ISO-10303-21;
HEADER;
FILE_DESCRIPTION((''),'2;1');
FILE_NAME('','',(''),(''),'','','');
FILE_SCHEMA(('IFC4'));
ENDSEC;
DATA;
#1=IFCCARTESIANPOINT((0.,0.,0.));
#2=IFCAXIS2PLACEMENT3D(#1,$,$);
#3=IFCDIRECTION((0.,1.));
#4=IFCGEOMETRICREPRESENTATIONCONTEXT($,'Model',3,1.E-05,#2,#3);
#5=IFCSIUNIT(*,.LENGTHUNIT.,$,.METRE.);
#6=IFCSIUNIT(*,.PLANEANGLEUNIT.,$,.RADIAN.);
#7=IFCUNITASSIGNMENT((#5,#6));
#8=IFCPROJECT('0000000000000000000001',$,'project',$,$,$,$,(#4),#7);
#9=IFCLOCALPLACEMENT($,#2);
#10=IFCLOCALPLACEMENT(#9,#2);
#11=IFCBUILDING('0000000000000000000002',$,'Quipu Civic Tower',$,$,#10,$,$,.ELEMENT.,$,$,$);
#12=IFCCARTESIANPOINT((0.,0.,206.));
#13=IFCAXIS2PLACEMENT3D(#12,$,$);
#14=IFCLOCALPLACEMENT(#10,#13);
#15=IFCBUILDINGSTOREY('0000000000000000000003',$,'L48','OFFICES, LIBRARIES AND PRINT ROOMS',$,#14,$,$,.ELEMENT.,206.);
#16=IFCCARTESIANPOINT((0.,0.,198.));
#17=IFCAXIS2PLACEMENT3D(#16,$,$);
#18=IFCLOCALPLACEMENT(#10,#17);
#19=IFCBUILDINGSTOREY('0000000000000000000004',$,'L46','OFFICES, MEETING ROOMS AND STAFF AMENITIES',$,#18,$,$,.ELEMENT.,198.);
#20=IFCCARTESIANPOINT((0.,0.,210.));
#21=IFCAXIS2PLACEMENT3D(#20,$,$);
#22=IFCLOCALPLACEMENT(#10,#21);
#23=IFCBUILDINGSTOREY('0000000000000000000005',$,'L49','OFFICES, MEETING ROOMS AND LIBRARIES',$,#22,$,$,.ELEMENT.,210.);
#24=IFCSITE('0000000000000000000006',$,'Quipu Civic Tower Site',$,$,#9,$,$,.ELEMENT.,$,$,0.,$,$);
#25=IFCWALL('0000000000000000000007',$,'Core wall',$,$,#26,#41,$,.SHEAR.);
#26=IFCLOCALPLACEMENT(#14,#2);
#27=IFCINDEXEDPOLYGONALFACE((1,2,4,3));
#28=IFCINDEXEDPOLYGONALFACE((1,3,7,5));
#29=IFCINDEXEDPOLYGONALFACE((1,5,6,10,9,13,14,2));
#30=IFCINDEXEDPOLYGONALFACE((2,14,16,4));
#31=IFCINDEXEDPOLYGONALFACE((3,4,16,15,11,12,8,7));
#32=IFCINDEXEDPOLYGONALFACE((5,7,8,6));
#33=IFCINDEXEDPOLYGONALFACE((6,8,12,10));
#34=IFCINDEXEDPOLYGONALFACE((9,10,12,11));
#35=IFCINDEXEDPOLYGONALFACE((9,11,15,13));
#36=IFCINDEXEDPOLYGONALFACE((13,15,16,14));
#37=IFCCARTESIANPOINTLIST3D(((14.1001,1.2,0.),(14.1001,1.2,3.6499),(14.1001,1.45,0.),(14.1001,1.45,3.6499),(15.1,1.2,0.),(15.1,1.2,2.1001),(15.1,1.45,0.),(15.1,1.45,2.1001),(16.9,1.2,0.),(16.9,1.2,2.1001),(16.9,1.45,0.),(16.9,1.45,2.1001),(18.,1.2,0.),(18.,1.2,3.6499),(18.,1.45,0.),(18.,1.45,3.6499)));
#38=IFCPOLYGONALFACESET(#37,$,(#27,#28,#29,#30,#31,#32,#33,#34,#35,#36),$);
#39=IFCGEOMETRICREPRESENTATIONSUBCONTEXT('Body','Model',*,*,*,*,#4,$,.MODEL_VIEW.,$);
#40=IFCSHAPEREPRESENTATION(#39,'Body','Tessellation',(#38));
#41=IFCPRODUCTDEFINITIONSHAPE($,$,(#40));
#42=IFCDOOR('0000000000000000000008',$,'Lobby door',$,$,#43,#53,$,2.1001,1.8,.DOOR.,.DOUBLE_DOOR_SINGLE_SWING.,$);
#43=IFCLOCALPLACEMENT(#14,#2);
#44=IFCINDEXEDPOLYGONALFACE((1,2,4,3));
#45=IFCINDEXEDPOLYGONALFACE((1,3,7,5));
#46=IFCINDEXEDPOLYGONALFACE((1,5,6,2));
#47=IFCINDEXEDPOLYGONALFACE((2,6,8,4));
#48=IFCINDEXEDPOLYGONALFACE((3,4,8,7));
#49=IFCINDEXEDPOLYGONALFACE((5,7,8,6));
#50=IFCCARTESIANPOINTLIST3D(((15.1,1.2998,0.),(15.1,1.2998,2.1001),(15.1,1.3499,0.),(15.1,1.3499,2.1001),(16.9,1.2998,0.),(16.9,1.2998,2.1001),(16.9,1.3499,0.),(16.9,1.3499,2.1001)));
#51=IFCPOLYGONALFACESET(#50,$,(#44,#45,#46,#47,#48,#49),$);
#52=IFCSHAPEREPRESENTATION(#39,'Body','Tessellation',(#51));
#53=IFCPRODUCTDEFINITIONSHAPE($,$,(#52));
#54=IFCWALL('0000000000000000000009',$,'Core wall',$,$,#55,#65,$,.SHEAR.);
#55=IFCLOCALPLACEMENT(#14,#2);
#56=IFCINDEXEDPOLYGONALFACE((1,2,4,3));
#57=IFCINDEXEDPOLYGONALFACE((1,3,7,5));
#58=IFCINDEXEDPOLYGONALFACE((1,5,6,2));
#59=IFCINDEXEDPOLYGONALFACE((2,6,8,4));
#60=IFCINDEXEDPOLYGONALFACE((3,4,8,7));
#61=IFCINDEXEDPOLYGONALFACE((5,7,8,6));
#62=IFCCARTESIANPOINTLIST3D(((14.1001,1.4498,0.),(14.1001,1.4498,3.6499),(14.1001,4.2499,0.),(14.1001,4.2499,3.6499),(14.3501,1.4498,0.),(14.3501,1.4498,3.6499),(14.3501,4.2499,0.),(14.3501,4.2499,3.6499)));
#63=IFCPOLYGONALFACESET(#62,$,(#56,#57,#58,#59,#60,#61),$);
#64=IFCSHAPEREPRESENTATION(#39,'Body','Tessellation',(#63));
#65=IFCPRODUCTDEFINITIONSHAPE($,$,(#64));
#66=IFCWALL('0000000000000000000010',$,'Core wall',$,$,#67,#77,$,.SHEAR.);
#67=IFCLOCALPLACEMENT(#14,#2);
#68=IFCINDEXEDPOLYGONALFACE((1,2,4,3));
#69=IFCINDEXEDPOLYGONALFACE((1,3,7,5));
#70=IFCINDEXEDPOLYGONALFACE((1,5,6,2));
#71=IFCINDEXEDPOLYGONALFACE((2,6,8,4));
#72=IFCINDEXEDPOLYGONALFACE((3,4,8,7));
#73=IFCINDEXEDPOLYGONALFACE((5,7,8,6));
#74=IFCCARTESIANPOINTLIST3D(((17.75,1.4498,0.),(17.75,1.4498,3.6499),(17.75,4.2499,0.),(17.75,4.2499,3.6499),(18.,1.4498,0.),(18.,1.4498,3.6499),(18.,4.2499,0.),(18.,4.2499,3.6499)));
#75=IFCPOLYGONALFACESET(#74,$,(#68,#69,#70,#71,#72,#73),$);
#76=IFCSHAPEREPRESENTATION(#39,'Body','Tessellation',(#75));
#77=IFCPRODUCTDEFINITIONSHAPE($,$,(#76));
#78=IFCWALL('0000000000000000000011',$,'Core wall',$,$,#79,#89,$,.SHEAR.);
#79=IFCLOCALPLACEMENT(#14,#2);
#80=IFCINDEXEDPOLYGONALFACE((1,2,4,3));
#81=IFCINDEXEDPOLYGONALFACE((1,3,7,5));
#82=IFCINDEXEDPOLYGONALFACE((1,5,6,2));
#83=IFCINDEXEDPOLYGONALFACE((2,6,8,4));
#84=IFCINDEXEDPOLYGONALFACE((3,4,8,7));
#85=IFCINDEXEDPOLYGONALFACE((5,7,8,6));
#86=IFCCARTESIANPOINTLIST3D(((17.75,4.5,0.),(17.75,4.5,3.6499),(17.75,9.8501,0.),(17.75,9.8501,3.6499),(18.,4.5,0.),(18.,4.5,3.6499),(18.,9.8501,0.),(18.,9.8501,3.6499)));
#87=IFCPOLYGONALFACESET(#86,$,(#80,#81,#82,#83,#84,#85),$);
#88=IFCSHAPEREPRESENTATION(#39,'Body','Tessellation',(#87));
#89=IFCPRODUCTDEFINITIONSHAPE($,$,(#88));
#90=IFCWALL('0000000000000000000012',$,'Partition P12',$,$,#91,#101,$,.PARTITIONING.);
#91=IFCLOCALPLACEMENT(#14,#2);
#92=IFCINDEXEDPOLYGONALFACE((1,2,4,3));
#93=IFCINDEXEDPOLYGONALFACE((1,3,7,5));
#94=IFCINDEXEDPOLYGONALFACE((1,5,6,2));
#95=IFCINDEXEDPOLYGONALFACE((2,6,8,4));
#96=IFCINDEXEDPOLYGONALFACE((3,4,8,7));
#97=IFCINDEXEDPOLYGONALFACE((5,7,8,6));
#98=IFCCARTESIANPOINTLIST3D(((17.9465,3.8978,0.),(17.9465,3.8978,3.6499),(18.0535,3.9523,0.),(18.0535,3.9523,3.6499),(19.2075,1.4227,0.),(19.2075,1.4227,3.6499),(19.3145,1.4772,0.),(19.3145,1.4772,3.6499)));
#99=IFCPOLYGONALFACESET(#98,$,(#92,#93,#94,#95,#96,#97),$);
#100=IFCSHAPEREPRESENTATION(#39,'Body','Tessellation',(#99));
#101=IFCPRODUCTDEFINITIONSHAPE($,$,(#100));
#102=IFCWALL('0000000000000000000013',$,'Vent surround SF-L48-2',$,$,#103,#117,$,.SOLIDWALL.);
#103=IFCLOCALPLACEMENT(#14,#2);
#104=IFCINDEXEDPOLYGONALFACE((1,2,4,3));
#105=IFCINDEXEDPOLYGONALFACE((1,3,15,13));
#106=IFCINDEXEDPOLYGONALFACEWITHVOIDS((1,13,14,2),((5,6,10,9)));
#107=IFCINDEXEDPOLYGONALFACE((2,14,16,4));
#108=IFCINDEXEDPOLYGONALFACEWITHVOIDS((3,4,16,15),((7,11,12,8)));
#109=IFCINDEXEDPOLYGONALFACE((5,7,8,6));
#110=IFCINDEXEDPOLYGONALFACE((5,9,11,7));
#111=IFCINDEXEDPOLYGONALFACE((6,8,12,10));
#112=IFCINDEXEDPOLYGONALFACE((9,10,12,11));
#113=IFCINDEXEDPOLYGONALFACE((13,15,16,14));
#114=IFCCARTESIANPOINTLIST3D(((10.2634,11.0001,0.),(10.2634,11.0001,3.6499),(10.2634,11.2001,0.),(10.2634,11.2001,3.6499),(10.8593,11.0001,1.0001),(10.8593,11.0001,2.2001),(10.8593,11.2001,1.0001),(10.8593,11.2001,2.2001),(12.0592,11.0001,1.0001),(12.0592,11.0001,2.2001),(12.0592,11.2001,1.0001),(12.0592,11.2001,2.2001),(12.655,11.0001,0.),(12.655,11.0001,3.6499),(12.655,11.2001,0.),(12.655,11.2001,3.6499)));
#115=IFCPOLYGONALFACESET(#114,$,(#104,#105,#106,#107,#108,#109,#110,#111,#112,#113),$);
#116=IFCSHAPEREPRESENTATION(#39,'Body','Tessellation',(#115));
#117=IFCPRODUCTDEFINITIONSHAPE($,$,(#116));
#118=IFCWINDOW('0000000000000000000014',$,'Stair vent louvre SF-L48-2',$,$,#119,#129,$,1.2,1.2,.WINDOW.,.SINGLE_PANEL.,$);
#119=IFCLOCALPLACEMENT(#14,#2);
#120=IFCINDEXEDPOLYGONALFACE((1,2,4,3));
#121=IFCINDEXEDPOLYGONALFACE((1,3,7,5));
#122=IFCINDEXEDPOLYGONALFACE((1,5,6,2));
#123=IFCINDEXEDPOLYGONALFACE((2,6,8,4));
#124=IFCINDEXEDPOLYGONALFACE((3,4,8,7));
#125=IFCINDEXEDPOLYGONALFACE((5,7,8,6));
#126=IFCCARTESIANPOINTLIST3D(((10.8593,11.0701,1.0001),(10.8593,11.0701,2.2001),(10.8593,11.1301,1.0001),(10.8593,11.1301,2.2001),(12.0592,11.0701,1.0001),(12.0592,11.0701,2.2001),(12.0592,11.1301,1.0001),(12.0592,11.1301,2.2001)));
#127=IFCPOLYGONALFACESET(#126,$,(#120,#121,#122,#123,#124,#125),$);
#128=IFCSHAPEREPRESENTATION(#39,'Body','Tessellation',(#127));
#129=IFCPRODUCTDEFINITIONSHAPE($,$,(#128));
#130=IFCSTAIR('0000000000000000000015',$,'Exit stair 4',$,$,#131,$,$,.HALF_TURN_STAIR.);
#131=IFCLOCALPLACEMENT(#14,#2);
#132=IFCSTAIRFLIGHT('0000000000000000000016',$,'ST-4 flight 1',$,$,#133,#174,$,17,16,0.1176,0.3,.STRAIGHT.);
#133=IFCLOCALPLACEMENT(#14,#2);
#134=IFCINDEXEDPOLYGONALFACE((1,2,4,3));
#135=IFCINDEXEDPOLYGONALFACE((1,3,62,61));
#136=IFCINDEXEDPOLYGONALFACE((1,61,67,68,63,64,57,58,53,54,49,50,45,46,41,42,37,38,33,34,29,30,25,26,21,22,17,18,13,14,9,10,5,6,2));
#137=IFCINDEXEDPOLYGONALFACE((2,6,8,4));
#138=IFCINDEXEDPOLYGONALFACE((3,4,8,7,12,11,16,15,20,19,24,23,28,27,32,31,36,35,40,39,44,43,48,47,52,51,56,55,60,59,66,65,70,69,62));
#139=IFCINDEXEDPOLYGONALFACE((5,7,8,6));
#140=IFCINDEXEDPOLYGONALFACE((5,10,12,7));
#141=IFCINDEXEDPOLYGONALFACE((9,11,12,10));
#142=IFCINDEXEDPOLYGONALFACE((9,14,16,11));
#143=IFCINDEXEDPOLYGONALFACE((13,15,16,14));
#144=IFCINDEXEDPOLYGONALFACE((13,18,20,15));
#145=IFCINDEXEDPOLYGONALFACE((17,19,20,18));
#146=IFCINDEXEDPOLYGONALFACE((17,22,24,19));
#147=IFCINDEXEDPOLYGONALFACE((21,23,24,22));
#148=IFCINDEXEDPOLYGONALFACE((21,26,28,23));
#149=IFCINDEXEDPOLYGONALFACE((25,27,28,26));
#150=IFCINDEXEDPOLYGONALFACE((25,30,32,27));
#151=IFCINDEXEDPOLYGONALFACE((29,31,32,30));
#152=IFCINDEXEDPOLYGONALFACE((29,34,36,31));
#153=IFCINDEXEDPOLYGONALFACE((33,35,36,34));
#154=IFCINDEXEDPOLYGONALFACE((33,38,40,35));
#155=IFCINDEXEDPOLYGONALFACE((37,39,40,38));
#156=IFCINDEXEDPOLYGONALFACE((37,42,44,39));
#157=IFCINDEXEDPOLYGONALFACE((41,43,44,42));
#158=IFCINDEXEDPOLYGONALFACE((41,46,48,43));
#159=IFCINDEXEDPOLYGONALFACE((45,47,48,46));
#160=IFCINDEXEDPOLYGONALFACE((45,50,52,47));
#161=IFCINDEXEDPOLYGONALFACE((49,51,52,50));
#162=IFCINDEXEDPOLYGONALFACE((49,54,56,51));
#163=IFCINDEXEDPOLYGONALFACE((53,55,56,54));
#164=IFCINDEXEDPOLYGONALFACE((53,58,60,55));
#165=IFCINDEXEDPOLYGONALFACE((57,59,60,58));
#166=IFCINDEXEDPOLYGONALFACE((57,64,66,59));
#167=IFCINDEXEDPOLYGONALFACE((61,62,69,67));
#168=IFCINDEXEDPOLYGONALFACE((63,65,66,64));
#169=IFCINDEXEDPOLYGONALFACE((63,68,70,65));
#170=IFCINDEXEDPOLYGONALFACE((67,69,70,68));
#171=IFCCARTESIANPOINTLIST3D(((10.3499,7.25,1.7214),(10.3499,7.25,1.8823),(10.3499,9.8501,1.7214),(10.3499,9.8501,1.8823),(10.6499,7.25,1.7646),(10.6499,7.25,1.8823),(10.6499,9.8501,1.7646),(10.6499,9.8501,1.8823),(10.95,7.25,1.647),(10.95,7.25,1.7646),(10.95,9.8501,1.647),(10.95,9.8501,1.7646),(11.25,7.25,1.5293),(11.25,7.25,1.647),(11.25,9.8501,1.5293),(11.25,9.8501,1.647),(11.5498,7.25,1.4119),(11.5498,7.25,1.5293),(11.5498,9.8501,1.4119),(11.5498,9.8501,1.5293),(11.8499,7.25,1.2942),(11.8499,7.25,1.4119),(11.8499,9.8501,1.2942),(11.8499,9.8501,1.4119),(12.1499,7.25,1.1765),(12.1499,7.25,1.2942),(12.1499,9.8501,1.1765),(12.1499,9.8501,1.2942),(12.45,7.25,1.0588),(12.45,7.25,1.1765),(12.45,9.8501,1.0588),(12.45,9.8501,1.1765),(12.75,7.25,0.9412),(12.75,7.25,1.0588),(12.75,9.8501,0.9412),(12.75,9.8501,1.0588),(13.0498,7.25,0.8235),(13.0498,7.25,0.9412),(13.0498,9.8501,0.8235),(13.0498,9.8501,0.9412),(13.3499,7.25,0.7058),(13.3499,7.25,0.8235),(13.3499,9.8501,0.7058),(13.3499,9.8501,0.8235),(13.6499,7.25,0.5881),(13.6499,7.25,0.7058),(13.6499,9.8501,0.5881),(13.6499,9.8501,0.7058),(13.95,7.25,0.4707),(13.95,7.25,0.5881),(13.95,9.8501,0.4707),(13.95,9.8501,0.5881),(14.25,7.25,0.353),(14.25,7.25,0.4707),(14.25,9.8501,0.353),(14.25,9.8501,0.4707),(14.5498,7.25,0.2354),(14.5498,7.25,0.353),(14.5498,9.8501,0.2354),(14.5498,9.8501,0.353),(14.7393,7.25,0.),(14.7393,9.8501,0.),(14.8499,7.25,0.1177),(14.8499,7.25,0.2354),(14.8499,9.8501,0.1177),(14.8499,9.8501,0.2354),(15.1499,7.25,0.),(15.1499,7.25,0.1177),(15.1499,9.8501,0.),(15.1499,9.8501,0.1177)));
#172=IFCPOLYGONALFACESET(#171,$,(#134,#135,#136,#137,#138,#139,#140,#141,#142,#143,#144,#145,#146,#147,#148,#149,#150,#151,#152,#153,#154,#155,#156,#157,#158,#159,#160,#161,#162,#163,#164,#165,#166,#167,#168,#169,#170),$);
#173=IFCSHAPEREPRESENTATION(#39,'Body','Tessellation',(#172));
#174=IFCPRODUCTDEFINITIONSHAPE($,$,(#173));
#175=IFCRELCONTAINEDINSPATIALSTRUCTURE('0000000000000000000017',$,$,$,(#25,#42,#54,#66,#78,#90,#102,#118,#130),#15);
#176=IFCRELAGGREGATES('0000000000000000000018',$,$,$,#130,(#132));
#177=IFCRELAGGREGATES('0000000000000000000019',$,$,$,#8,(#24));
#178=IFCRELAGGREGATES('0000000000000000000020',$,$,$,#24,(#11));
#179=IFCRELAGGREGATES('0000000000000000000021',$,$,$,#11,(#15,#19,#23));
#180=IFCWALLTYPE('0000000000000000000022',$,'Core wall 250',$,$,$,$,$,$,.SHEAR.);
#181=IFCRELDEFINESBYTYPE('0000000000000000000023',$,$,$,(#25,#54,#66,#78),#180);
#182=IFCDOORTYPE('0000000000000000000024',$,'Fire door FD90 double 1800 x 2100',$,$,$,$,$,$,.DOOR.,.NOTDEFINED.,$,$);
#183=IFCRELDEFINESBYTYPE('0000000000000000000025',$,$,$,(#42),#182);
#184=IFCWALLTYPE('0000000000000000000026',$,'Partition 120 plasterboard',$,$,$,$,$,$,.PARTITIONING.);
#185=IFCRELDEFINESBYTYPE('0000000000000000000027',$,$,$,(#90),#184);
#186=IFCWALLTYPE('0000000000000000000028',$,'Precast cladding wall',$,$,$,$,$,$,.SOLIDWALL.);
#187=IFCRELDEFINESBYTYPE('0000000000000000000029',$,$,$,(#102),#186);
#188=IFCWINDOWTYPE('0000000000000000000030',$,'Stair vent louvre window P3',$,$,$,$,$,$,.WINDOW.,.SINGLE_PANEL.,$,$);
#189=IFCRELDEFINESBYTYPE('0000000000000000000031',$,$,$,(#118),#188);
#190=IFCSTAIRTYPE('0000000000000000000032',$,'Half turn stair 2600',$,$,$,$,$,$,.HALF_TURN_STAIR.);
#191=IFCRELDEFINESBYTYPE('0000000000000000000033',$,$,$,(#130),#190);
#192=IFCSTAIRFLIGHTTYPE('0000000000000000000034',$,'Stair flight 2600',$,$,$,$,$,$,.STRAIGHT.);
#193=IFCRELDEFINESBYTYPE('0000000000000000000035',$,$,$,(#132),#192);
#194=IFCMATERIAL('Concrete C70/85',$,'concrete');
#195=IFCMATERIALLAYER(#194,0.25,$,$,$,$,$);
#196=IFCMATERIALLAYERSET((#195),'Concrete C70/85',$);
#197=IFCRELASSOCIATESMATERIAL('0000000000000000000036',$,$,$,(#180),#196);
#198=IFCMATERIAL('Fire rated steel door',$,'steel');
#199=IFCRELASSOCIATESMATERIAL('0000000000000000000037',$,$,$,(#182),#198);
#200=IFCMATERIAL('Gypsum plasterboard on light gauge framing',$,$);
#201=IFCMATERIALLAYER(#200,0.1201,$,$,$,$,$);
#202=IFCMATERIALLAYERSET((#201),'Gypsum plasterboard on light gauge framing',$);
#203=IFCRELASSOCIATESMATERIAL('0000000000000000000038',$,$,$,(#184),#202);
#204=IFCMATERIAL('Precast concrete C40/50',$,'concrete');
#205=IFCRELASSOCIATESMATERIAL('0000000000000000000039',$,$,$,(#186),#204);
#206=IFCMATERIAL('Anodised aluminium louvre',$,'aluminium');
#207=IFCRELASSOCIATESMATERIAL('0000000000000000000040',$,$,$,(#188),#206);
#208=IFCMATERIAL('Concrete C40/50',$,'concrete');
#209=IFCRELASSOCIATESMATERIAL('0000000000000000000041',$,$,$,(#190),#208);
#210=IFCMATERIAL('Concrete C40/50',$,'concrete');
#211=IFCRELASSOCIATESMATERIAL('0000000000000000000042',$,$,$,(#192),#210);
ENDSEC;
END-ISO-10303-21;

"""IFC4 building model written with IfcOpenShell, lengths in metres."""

from ifc_helpers import new_model, si_unit, direction, frame, frame_2d, origin, place, context, subcontext, project, spatial, polyline, rectangle, outline, extrude, material, layer, layer_set, type_object, element, fill, aggregate, save


model = new_model("IFC4")

# Units and contexts
model_context = context("Model", 3, precision=1e-05, world=origin(), true_north=direction((0.0, 1.0)))
body_context = subcontext(model_context, "Body", "Model", "MODEL_VIEW")
ifc_project = project(units=[si_unit("LENGTHUNIT", "METRE"), si_unit("PLANEANGLEUNIT", "RADIAN")], contexts=[model_context])

# Site, building, storey
site_placement = place(None, origin())
site = spatial("IfcSite", under=ifc_project, at=site_placement, Name="Quipu Civic Tower Site", CompositionType="ELEMENT", RefElevation=0.0)
building_placement = place(site_placement, origin())
building = spatial("IfcBuilding", under=site, at=building_placement, Name="Quipu Civic Tower", CompositionType="ELEMENT")
storey_1_placement = place(building_placement, frame((0.0, 0.0, 206.0)))
storey_1 = spatial("IfcBuildingStorey", under=building, at=storey_1_placement, Name="L48", Description="OFFICES, LIBRARIES AND PRINT ROOMS", CompositionType="ELEMENT", Elevation=206.0)

# Shared definitions
storey_2_placement = place(building_placement, frame((0.0, 0.0, 198.0)))
storey_2 = spatial("IfcBuildingStorey", under=building, at=storey_2_placement, Name="L46", Description="OFFICES, MEETING ROOMS AND STAFF AMENITIES", CompositionType="ELEMENT", Elevation=198.0)

# Shared definitions
storey_3_placement = place(building_placement, frame((0.0, 0.0, 210.0)))
storey_3 = spatial("IfcBuildingStorey", under=building, at=storey_3_placement, Name="L49", Description="OFFICES, MEETING ROOMS AND LIBRARIES", CompositionType="ELEMENT", Elevation=210.0)

# Wall, opening, door
ifc_material_1 = material(Name="Concrete C70/85", Category="concrete")
ifc_layer_1 = layer(ifc_material_1, 0.25)
ifc_layer_set_1 = layer_set([ifc_layer_1], Name="Concrete C70/85")
wall_type_1 = type_object("IfcWallType", Name="Core wall 250", PredefinedType="SHEAR", material=ifc_layer_set_1)
wall_1_placement = place(storey_1_placement, frame((14.1001, 1.325, 0.0), z_axis=(0.0, 0.0, 1.0), x_axis=(1.0, 0.0, 0.0)))
wall_1 = element("IfcWall", 1, at=wall_1_placement, inside=storey_1, type_object=wall_type_1, Name="Core wall", PredefinedType="SHEAR", context=body_context, shape_type="SweptSolid", body=[
    extrude(rectangle(XDim=3.8999, YDim=0.25, at=frame_2d((1.95, 0.0))), origin(), (0.0, 0.0, 1.0), 3.6499),
])
opening_1_placement = place(wall_1_placement, frame((1.0, 0.0, 0.0)))
opening_1 = element("IfcOpeningElement", 2, at=opening_1_placement, cuts=wall_1, PredefinedType="OPENING", context=body_context, shape_type="SweptSolid", body=[
    extrude(rectangle(XDim=1.8, YDim=2.1001, at=frame_2d((0.8999, 1.05))), frame((0.0, 0.135, 0.0), z_axis=(0.0, -1.0, 0.0), x_axis=(1.0, 0.0, 0.0)), (0.0, 0.0, 1.0), 0.27),
])
ifc_material_2 = material(Name="Fire rated steel door", Category="steel")
door_type = type_object("IfcDoorType", Name="Fire door FD90 double 1800 x 2100", OperationType="NOTDEFINED", PredefinedType="DOOR", material=ifc_material_2)
door_placement = place(opening_1_placement, origin())
door = element("IfcDoor", 3, at=door_placement, inside=storey_1, type_object=door_type, Name="Lobby door", OperationType="DOUBLE_DOOR_SINGLE_SWING", OverallHeight=2.1001, OverallWidth=1.8, PredefinedType="DOOR", context=body_context, shape_type="SweptSolid", body=[
    extrude(rectangle(XDim=1.8, YDim=2.1001, at=frame_2d((0.8999, 1.05))), frame((0.0, 0.0249, 0.0), z_axis=(0.0, -1.0, 0.0), x_axis=(1.0, 0.0, 0.0)), (0.0, 0.0, 1.0), 0.05),
])
fill(opening_1, door)

# Walls
for number, where, z_axis, x_axis, name in (
    (4, (14.2251, 1.45, 0.0), (0.0, 0.0, 1.0), (0.0, 1.0, 0.0), "Core wall"),
    (5, (17.875, 1.45, 0.0), (0.0, 0.0, 1.0), (0.0, 1.0, 0.0), "Core wall"),
):
    element("IfcWall", number, at=place(storey_1_placement, frame(where, z_axis=z_axis, x_axis=x_axis)), inside=storey_1, type_object=wall_type_1, Name=name, PredefinedType="SHEAR", context=body_context, shape_type="SweptSolid", body=[
        extrude(rectangle(XDim=2.8, YDim=0.25, at=frame_2d((1.3999, 0.0))), origin(), (0.0, 0.0, 1.0), 3.6499),
    ])
wall_2_placement = place(storey_1_placement, frame((17.875, 4.5, 0.0), z_axis=(0.0, 0.0, 1.0), x_axis=(0.0, 1.0, 0.0)))
element("IfcWall", 6, at=wall_2_placement, inside=storey_1, type_object=wall_type_1, Name="Core wall", PredefinedType="SHEAR", context=body_context, shape_type="SweptSolid", body=[
    extrude(rectangle(XDim=5.3501, YDim=0.25, at=frame_2d((2.675, 0.0))), origin(), (0.0, 0.0, 1.0), 3.6499),
])
ifc_material_3 = material(Name="Gypsum plasterboard on light gauge framing")
ifc_layer_2 = layer(ifc_material_3, 0.1201)
ifc_layer_set_2 = layer_set([ifc_layer_2], Name="Gypsum plasterboard on light gauge framing")
wall_type_2 = type_object("IfcWallType", Name="Partition 120 plasterboard", PredefinedType="PARTITIONING", material=ifc_layer_set_2)
wall_3_placement = place(storey_1_placement, frame((18.0, 3.925, 0.0), z_axis=(0.0, 0.0, 1.0), x_axis=(0.453951, -0.891027, 0.0)))
element("IfcWall", 7, at=wall_3_placement, inside=storey_1, type_object=wall_type_2, Name="Partition P12", PredefinedType="PARTITIONING", context=body_context, shape_type="SweptSolid", body=[
    extrude(rectangle(XDim=2.7778, YDim=0.1201, at=frame_2d((1.3889, 0.0))), origin(), (0.0, 0.0, 1.0), 3.6499),
])

# Wall, opening, window
ifc_material_4 = material(Name="Precast concrete C40/50", Category="concrete")
wall_type_3 = type_object("IfcWallType", Name="Precast cladding wall", PredefinedType="SOLIDWALL", material=ifc_material_4)
wall_4_placement = place(storey_1_placement, frame((12.655, 11.1001, 0.0), z_axis=(0.0, 0.0, 1.0), x_axis=(-1.0, 0.0, 0.0)))
wall_4 = element("IfcWall", 8, at=wall_4_placement, inside=storey_1, type_object=wall_type_3, Name="Vent surround SF-L48-2", PredefinedType="SOLIDWALL", context=body_context, shape_type="SweptSolid", body=[
    extrude(rectangle(XDim=2.3916, YDim=0.2, at=frame_2d((1.1958, 0.0))), origin(), (0.0, 0.0, 1.0), 3.6499),
])
opening_2_placement = place(wall_4_placement, frame((0.5957, 0.0, 1.0)))
opening_2 = element("IfcOpeningElement", 9, at=opening_2_placement, cuts=wall_4, PredefinedType="OPENING", context=body_context, shape_type="SweptSolid", body=[
    extrude(rectangle(XDim=1.2, YDim=1.2, at=frame_2d((0.6001, 0.6001))), frame((0.0, 0.1099, 0.0), z_axis=(0.0, -1.0, 0.0), x_axis=(1.0, 0.0, 0.0)), (0.0, 0.0, 1.0), 0.22),
])
ifc_material_5 = material(Name="Anodised aluminium louvre", Category="aluminium")
window_type = type_object("IfcWindowType", Name="Stair vent louvre window P3", PartitioningType="SINGLE_PANEL", PredefinedType="WINDOW", material=ifc_material_5)
window_placement = place(opening_2_placement, origin())
window = element("IfcWindow", 10, at=window_placement, inside=storey_1, type_object=window_type, Name="Stair vent louvre SF-L48-2", OverallHeight=1.2, OverallWidth=1.2, PartitioningType="SINGLE_PANEL", PredefinedType="WINDOW", context=body_context, shape_type="SweptSolid", body=[
    extrude(rectangle(XDim=1.2, YDim=1.2, at=frame_2d((0.6001, 0.6001))), frame((0.0, 0.03, 0.0), z_axis=(0.0, -1.0, 0.0), x_axis=(1.0, 0.0, 0.0)), (0.0, 0.0, 1.0), 0.0601),
])
fill(opening_2, window)

# Stair, stair flight
ifc_material_6 = material(Name="Concrete C40/50", Category="concrete")
stair_type = type_object("IfcStairType", Name="Half turn stair 2600", PredefinedType="HALF_TURN_STAIR", material=ifc_material_6)
stair_placement = place(storey_1_placement, origin())
stair = element("IfcStair", 11, at=stair_placement, inside=storey_1, type_object=stair_type, Name="Exit stair 4", PredefinedType="HALF_TURN_STAIR")
ifc_material_7 = material(Name="Concrete C40/50", Category="concrete")
stair_flight_type = type_object("IfcStairFlightType", Name="Stair flight 2600", PredefinedType="STRAIGHT", material=ifc_material_7)
stair_flight_1_placement = place(storey_1_placement, frame((15.1499, 8.55, 0.0), z_axis=(0.0, 0.0, 1.0), x_axis=(-1.0, 0.0, 0.0)))
stair_flight_1 = element("IfcStairFlight", 12, at=stair_flight_1_placement, type_object=stair_flight_type, Name="ST-4 flight 1", NumberOfRisers=17, NumberOfTreads=16, PredefinedType="STRAIGHT", RiserHeight=0.1176, TreadLength=0.3, context=body_context, shape_type="SweptSolid", body=[
    extrude(outline(polyline([(0.0, 0.0), (0.0, 0.1177), (0.3, 0.1177), (0.3, 0.2354), (0.6001, 0.2354), (0.6001, 0.353), (0.8999, 0.353), (0.8999, 0.4707), (1.2, 0.4707), (1.2, 0.5881), (1.5, 0.5881), (1.5, 0.7058), (1.8, 0.7058), (1.8, 0.8235), (2.1001, 0.8235), (2.1001, 0.9412), (2.3999, 0.9412), (2.3999, 1.0588), (2.7, 1.0588), (2.7, 1.1765), (3.0, 1.1765), (3.0, 1.2942), (3.3, 1.2942), (3.3, 1.4119), (3.6001, 1.4119), (3.6001, 1.5293), (3.8999, 1.5293), (3.8999, 1.647), (4.2, 1.647), (4.2, 1.7646), (4.5, 1.7646), (4.5, 1.8823), (4.8, 1.8823), (4.8, 2.0), (4.8, 1.7214), (0.4106, 0.0), (0.0, 0.0)])), frame((0.0, 1.3, 0.0), z_axis=(0.0, -1.0, 0.0), x_axis=(1.0, 0.0, 0.0)), (0.0, 0.0, 1.0), 2.6001),
])
aggregate(stair, [stair_flight_1])

save(model, "model.ifc")
